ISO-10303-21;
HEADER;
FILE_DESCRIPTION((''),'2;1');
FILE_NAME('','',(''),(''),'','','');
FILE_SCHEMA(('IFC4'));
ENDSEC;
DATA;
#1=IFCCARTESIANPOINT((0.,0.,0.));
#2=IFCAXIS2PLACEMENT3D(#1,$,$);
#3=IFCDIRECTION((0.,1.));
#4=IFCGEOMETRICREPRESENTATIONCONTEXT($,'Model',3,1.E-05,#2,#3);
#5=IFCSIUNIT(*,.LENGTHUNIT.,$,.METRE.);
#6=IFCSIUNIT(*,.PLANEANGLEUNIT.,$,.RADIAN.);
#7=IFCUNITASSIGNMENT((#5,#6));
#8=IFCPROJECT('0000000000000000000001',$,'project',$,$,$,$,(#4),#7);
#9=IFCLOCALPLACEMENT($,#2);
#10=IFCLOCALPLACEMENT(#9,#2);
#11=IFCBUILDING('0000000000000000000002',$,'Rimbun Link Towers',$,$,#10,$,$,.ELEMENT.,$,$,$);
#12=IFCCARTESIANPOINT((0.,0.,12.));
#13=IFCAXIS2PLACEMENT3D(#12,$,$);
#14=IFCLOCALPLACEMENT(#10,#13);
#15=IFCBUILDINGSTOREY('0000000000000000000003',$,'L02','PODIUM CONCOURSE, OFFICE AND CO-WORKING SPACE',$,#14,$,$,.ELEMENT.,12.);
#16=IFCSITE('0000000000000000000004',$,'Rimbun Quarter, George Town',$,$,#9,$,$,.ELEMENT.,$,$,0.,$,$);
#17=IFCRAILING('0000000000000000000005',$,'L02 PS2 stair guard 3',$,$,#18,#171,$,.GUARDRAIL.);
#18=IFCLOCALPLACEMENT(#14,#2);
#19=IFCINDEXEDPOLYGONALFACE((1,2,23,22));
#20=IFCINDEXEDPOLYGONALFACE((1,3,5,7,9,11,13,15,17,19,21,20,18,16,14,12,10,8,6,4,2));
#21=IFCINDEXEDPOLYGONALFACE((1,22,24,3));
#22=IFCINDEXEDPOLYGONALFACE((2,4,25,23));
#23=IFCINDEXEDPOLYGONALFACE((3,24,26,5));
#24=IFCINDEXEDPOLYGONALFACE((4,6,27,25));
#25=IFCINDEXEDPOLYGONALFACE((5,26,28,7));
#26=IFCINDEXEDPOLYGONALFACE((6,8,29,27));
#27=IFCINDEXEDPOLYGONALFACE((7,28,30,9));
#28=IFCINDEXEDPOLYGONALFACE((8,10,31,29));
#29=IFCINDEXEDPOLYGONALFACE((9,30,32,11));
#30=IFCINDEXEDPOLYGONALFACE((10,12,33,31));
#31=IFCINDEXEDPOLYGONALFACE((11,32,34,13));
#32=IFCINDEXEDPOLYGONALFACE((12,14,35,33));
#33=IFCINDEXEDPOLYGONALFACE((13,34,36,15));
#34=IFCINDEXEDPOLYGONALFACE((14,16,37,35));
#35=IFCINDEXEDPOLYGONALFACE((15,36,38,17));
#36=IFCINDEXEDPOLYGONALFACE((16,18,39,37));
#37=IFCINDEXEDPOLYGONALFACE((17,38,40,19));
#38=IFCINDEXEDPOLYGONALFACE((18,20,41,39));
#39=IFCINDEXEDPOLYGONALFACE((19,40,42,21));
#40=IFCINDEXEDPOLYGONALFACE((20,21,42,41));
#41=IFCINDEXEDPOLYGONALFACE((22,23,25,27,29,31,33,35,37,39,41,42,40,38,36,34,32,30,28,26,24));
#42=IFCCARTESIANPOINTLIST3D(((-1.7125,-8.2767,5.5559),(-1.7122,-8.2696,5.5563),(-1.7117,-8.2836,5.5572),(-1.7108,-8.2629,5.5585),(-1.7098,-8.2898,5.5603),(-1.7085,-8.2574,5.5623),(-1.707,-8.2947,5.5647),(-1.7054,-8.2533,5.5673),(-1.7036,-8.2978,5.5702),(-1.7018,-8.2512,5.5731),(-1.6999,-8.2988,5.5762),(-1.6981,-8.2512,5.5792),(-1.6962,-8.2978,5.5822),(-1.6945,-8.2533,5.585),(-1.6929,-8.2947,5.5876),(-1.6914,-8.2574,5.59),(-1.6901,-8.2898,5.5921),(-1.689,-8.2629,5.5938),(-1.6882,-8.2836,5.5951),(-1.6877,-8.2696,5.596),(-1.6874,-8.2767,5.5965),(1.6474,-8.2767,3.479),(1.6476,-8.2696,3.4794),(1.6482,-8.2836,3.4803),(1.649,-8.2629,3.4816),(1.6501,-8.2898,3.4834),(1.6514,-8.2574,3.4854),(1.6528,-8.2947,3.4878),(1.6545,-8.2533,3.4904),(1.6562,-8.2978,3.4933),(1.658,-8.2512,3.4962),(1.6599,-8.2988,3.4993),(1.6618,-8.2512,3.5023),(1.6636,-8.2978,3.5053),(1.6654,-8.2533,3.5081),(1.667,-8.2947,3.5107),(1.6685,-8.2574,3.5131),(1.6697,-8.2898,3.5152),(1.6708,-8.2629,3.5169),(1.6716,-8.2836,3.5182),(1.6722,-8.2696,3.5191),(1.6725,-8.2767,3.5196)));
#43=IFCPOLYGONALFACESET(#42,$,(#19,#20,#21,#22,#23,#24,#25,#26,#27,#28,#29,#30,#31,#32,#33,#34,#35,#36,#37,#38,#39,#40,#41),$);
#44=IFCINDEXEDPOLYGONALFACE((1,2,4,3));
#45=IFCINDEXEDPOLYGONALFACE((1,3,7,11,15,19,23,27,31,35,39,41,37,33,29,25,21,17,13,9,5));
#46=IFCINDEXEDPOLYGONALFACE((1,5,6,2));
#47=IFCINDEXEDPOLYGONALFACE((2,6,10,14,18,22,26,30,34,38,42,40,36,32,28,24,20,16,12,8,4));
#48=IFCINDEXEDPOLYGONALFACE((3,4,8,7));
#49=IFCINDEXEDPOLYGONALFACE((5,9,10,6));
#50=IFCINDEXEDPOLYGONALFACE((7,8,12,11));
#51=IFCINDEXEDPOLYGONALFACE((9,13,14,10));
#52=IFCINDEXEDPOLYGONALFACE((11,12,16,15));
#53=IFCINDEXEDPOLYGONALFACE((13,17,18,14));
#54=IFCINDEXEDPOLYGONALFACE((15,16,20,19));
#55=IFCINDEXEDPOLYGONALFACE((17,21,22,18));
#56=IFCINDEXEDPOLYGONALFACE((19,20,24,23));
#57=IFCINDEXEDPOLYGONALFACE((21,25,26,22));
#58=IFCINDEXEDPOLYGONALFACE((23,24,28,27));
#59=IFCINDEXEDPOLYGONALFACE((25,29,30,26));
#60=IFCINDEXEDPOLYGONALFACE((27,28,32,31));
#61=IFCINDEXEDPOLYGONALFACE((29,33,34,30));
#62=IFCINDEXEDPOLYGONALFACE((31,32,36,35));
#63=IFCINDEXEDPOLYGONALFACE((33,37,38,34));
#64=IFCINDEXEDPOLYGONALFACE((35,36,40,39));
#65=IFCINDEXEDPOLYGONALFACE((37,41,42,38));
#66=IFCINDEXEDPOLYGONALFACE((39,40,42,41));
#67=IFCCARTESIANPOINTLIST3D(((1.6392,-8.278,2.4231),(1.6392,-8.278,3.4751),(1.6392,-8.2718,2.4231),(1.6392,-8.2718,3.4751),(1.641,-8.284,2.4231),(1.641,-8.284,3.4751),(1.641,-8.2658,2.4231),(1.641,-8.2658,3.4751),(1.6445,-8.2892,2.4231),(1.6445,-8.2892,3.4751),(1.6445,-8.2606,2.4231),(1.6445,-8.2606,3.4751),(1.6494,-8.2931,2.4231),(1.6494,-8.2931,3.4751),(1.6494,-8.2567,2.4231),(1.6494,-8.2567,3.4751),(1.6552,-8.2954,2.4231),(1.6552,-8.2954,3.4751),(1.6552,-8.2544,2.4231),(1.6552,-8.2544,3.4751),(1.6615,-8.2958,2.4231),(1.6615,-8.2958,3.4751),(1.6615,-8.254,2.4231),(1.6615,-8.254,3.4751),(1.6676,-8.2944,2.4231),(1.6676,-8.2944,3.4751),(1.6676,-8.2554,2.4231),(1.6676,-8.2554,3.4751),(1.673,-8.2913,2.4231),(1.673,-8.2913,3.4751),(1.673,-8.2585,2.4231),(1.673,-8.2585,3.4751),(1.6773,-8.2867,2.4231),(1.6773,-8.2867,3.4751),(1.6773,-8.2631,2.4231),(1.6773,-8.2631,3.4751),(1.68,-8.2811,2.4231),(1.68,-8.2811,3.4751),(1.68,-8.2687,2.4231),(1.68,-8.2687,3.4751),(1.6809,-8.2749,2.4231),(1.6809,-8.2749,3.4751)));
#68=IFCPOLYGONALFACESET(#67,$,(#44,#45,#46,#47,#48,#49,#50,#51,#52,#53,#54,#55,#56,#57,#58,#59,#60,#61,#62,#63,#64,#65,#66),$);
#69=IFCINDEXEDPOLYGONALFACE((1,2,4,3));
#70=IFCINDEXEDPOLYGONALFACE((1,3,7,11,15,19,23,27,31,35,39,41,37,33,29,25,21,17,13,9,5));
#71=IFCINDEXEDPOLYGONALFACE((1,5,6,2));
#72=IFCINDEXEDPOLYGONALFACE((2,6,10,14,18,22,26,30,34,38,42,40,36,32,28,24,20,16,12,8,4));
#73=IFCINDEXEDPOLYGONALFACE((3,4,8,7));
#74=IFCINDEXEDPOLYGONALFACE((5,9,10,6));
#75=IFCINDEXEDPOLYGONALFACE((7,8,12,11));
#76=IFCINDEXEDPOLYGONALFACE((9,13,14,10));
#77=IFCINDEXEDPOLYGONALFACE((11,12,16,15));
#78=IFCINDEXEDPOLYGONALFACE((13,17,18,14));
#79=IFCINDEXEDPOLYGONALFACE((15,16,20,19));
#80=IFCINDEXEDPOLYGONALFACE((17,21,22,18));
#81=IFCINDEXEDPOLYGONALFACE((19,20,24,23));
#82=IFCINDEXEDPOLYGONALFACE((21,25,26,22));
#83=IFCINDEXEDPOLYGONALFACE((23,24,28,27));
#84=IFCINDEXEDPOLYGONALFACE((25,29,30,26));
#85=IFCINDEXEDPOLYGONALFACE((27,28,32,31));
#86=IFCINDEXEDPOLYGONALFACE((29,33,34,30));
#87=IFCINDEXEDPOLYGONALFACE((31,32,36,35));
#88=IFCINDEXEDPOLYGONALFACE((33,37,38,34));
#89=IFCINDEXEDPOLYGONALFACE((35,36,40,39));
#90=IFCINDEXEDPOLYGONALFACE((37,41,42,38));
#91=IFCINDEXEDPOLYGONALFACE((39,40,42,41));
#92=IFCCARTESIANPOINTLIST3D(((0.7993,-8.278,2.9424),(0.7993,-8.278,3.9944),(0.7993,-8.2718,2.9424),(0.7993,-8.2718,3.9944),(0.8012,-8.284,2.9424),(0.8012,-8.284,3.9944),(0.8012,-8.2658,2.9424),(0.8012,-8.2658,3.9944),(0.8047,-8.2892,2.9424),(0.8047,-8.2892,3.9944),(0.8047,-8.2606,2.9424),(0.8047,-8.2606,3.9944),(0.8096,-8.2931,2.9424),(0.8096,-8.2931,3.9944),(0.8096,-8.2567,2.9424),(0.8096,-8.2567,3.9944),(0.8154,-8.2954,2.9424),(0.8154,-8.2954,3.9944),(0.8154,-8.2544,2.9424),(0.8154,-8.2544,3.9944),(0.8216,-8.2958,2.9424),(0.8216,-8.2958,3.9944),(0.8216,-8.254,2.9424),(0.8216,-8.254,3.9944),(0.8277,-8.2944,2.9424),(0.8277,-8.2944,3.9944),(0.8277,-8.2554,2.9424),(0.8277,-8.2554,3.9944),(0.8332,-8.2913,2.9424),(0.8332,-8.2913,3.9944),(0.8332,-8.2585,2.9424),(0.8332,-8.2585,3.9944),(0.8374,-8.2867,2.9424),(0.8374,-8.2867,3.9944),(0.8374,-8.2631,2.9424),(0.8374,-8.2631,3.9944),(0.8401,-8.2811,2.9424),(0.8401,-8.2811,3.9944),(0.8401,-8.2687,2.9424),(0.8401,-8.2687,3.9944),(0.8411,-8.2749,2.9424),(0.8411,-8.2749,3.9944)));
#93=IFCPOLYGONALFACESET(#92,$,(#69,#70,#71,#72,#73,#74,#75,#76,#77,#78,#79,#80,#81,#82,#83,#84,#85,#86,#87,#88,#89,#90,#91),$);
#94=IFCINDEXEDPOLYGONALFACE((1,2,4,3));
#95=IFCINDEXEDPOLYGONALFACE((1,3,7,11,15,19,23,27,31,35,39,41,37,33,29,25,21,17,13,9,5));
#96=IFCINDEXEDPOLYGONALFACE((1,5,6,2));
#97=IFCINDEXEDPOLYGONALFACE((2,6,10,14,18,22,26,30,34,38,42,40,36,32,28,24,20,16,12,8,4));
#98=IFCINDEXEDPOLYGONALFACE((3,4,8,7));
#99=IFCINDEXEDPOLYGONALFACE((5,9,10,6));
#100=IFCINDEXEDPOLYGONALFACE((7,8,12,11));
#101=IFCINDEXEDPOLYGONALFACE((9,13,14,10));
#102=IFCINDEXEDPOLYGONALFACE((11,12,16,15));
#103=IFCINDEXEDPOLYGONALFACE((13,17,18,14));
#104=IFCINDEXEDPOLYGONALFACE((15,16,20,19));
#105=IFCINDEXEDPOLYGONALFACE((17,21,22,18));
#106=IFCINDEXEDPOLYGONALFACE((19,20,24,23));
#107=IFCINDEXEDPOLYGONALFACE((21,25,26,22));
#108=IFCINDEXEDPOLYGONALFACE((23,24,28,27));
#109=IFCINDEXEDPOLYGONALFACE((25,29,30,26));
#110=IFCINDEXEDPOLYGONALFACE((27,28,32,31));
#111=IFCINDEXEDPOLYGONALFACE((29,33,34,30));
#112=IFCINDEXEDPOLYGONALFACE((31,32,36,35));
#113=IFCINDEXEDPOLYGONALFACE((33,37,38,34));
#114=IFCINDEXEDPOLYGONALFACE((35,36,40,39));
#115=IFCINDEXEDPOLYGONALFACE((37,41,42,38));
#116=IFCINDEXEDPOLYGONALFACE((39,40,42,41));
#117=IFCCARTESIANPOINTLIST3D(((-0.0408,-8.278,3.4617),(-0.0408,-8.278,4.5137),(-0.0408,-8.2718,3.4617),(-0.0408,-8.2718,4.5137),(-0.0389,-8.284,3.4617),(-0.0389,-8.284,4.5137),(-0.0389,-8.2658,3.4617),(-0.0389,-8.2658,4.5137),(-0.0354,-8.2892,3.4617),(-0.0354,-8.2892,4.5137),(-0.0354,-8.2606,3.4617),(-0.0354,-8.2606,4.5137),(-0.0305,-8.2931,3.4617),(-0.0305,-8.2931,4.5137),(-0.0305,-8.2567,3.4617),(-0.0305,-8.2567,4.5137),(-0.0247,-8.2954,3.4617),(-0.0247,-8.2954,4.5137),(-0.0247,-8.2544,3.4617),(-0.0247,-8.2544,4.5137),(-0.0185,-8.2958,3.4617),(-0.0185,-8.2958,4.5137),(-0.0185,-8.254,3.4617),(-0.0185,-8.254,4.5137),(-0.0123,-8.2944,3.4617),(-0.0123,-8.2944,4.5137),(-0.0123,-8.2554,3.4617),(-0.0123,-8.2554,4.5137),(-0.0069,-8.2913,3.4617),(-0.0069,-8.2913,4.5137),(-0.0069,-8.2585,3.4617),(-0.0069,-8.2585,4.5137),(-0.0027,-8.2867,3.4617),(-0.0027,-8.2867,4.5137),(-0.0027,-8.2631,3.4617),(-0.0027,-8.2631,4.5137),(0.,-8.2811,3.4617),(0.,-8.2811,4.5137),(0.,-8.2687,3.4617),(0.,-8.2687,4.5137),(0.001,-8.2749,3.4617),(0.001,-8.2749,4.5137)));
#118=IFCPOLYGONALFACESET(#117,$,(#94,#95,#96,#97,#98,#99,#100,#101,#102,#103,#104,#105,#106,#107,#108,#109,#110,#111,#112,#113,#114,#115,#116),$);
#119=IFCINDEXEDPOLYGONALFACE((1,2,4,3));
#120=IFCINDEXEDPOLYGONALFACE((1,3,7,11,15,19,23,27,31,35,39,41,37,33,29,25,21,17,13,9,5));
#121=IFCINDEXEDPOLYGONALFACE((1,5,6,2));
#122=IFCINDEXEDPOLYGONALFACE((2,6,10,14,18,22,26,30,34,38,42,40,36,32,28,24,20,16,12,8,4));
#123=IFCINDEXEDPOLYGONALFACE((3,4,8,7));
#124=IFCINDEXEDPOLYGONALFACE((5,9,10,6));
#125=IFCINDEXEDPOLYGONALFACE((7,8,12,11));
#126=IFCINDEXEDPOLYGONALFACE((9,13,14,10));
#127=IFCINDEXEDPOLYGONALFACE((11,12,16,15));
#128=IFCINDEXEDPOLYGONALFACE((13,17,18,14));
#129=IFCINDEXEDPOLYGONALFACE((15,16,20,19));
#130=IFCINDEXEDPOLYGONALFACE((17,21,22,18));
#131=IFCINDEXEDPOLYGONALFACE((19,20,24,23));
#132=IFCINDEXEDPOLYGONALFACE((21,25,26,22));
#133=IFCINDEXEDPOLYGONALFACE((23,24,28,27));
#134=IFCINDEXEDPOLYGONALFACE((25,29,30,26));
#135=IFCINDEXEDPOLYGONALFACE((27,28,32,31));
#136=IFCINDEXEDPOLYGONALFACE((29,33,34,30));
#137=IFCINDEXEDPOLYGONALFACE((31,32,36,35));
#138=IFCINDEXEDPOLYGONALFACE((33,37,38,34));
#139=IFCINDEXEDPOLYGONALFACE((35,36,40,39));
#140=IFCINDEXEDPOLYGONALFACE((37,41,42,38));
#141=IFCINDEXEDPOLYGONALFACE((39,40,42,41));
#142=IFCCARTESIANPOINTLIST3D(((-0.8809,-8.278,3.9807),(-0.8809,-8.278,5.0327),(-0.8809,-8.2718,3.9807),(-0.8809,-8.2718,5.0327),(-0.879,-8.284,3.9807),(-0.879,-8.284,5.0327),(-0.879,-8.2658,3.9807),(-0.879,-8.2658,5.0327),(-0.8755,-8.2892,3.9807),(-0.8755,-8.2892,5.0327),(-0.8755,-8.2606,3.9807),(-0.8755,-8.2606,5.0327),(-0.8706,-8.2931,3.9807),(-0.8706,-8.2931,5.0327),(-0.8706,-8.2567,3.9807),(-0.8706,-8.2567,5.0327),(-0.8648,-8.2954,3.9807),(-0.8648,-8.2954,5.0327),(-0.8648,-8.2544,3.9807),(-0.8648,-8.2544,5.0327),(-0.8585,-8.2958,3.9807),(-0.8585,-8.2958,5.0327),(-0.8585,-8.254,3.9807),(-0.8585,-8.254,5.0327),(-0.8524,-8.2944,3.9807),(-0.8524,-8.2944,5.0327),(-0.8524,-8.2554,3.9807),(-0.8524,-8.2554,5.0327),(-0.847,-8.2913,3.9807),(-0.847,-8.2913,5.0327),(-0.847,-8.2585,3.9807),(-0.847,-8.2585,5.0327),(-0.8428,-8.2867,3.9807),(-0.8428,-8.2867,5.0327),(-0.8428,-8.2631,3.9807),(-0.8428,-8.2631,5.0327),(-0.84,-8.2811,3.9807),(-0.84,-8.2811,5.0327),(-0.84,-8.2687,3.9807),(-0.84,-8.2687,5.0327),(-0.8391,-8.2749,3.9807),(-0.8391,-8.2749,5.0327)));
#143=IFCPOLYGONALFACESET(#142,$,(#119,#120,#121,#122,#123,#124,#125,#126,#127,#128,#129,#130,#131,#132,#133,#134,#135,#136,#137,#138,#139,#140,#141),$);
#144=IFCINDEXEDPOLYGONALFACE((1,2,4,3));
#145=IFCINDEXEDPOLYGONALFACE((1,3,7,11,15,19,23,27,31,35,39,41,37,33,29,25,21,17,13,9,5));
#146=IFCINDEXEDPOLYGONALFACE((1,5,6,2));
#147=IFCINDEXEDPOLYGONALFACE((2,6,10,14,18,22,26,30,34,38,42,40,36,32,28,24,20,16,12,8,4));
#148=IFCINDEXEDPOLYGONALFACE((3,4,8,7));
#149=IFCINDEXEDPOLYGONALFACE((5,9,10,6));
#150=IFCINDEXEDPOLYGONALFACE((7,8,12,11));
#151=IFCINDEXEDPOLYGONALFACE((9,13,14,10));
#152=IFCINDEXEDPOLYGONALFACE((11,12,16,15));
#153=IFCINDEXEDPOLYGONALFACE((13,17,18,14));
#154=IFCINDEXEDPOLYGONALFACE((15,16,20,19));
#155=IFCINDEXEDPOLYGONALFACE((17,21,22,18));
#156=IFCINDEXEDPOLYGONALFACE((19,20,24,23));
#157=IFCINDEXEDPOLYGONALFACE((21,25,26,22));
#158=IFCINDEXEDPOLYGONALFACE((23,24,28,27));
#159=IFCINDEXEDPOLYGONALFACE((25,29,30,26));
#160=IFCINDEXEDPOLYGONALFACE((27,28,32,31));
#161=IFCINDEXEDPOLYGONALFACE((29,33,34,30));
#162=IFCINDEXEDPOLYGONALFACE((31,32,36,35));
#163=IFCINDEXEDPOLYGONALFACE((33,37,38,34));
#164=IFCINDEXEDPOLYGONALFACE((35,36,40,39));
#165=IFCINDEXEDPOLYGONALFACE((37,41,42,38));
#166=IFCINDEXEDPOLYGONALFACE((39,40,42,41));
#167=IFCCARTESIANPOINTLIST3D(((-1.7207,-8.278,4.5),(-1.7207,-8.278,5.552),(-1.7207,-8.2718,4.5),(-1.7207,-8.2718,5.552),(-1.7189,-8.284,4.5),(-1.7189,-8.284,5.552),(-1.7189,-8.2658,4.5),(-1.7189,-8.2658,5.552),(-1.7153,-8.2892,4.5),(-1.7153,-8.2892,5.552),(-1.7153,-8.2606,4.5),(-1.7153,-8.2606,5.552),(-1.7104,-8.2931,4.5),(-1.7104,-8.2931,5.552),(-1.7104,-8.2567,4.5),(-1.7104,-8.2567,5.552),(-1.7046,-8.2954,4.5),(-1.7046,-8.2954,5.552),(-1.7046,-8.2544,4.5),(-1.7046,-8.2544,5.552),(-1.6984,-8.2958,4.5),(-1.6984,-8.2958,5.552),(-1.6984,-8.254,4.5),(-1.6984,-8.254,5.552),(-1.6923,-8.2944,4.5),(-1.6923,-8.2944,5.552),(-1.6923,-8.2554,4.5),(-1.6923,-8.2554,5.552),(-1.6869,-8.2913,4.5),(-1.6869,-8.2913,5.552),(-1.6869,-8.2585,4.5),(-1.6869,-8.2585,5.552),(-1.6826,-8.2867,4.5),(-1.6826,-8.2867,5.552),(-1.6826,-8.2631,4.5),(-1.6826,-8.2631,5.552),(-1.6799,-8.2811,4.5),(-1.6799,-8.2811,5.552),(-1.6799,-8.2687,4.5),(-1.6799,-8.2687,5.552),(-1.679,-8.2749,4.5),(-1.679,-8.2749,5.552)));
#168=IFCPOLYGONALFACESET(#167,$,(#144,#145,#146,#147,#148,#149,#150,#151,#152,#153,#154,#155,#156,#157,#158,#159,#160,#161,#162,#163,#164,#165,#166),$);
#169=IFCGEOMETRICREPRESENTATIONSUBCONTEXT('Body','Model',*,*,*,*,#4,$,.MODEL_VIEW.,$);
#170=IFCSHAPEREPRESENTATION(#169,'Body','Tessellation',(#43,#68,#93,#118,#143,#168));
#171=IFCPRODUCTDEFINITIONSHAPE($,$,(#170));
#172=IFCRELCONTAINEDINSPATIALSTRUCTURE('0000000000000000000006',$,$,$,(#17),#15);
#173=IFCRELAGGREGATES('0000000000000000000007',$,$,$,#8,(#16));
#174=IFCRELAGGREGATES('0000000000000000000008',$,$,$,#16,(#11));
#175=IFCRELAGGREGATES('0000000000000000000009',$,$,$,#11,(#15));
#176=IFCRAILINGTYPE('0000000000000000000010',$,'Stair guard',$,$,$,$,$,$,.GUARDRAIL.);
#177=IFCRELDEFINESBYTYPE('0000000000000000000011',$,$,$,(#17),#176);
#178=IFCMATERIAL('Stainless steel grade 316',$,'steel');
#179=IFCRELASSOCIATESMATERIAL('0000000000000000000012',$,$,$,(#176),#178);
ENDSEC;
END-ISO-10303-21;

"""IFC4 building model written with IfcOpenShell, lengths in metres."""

from ifc_helpers import new_model, si_unit, direction, frame, origin, origin_2d, place, context, subcontext, project, spatial, circle, extrude, material, type_object, element, save


model = new_model("IFC4")

# Units and contexts
model_context = context("Model", 3, precision=1e-05, world=origin(), true_north=direction((0.0, 1.0)))
body_context = subcontext(model_context, "Body", "Model", "MODEL_VIEW")
ifc_project = project(units=[si_unit("LENGTHUNIT", "METRE"), si_unit("PLANEANGLEUNIT", "RADIAN")], contexts=[model_context])

# Site, building, storey
site_placement = place(None, origin())
site = spatial("IfcSite", under=ifc_project, at=site_placement, Name="Rimbun Quarter, George Town", CompositionType="ELEMENT", RefElevation=0.0)
building_placement = place(site_placement, origin())
building = spatial("IfcBuilding", under=site, at=building_placement, Name="Rimbun Link Towers", CompositionType="ELEMENT")
storey_placement = place(building_placement, frame((0.0, 0.0, 12.0)))
storey = spatial("IfcBuildingStorey", under=building, at=storey_placement, Name="L02", Description="PODIUM CONCOURSE, OFFICE AND CO-WORKING SPACE", CompositionType="ELEMENT", Elevation=12.0)

# Railing
ifc_material_1 = material(Name="Stainless steel grade 316", Category="steel")
railing_type_1 = type_object("IfcRailingType", Name="Stair guard", PredefinedType="GUARDRAIL", material=ifc_material_1)
railing_1_placement = place(storey_placement, frame((1.6599, -8.2749, 2.4231)))
element("IfcRailing", 1, at=railing_1_placement, inside=storey, type_object=railing_type_1, Name="L02 PS2 stair guard 3", PredefinedType="GUARDRAIL", context=body_context, shape_type="SweptSolid", body=[
    extrude(circle(Radius=0.0239, at=origin_2d()), frame((0.0, 0.0, 1.0762), z_axis=(-0.850606, 0.0, 0.525803), x_axis=(0.0, -1.0, 0.0)), (0.0, 0.0, 1.0), 3.95),
    extrude(circle(Radius=0.021, at=origin_2d()), origin(), (0.0, 0.0, 1.0), 1.052),
    extrude(circle(Radius=0.021, at=origin_2d()), frame((-0.8398, 0.0, 0.5193)), (0.0, 0.0, 1.0), 1.052),
    extrude(circle(Radius=0.021, at=origin_2d()), frame((-1.6799, 0.0, 1.0386)), (0.0, 0.0, 1.0), 1.052),
    extrude(circle(Radius=0.021, at=origin_2d()), frame((-2.52, 0.0, 1.5576)), (0.0, 0.0, 1.0), 1.052),
    extrude(circle(Radius=0.021, at=origin_2d()), frame((-3.3599, 0.0, 2.0769)), (0.0, 0.0, 1.0), 1.052),
])

save(model, "model.ifc")
